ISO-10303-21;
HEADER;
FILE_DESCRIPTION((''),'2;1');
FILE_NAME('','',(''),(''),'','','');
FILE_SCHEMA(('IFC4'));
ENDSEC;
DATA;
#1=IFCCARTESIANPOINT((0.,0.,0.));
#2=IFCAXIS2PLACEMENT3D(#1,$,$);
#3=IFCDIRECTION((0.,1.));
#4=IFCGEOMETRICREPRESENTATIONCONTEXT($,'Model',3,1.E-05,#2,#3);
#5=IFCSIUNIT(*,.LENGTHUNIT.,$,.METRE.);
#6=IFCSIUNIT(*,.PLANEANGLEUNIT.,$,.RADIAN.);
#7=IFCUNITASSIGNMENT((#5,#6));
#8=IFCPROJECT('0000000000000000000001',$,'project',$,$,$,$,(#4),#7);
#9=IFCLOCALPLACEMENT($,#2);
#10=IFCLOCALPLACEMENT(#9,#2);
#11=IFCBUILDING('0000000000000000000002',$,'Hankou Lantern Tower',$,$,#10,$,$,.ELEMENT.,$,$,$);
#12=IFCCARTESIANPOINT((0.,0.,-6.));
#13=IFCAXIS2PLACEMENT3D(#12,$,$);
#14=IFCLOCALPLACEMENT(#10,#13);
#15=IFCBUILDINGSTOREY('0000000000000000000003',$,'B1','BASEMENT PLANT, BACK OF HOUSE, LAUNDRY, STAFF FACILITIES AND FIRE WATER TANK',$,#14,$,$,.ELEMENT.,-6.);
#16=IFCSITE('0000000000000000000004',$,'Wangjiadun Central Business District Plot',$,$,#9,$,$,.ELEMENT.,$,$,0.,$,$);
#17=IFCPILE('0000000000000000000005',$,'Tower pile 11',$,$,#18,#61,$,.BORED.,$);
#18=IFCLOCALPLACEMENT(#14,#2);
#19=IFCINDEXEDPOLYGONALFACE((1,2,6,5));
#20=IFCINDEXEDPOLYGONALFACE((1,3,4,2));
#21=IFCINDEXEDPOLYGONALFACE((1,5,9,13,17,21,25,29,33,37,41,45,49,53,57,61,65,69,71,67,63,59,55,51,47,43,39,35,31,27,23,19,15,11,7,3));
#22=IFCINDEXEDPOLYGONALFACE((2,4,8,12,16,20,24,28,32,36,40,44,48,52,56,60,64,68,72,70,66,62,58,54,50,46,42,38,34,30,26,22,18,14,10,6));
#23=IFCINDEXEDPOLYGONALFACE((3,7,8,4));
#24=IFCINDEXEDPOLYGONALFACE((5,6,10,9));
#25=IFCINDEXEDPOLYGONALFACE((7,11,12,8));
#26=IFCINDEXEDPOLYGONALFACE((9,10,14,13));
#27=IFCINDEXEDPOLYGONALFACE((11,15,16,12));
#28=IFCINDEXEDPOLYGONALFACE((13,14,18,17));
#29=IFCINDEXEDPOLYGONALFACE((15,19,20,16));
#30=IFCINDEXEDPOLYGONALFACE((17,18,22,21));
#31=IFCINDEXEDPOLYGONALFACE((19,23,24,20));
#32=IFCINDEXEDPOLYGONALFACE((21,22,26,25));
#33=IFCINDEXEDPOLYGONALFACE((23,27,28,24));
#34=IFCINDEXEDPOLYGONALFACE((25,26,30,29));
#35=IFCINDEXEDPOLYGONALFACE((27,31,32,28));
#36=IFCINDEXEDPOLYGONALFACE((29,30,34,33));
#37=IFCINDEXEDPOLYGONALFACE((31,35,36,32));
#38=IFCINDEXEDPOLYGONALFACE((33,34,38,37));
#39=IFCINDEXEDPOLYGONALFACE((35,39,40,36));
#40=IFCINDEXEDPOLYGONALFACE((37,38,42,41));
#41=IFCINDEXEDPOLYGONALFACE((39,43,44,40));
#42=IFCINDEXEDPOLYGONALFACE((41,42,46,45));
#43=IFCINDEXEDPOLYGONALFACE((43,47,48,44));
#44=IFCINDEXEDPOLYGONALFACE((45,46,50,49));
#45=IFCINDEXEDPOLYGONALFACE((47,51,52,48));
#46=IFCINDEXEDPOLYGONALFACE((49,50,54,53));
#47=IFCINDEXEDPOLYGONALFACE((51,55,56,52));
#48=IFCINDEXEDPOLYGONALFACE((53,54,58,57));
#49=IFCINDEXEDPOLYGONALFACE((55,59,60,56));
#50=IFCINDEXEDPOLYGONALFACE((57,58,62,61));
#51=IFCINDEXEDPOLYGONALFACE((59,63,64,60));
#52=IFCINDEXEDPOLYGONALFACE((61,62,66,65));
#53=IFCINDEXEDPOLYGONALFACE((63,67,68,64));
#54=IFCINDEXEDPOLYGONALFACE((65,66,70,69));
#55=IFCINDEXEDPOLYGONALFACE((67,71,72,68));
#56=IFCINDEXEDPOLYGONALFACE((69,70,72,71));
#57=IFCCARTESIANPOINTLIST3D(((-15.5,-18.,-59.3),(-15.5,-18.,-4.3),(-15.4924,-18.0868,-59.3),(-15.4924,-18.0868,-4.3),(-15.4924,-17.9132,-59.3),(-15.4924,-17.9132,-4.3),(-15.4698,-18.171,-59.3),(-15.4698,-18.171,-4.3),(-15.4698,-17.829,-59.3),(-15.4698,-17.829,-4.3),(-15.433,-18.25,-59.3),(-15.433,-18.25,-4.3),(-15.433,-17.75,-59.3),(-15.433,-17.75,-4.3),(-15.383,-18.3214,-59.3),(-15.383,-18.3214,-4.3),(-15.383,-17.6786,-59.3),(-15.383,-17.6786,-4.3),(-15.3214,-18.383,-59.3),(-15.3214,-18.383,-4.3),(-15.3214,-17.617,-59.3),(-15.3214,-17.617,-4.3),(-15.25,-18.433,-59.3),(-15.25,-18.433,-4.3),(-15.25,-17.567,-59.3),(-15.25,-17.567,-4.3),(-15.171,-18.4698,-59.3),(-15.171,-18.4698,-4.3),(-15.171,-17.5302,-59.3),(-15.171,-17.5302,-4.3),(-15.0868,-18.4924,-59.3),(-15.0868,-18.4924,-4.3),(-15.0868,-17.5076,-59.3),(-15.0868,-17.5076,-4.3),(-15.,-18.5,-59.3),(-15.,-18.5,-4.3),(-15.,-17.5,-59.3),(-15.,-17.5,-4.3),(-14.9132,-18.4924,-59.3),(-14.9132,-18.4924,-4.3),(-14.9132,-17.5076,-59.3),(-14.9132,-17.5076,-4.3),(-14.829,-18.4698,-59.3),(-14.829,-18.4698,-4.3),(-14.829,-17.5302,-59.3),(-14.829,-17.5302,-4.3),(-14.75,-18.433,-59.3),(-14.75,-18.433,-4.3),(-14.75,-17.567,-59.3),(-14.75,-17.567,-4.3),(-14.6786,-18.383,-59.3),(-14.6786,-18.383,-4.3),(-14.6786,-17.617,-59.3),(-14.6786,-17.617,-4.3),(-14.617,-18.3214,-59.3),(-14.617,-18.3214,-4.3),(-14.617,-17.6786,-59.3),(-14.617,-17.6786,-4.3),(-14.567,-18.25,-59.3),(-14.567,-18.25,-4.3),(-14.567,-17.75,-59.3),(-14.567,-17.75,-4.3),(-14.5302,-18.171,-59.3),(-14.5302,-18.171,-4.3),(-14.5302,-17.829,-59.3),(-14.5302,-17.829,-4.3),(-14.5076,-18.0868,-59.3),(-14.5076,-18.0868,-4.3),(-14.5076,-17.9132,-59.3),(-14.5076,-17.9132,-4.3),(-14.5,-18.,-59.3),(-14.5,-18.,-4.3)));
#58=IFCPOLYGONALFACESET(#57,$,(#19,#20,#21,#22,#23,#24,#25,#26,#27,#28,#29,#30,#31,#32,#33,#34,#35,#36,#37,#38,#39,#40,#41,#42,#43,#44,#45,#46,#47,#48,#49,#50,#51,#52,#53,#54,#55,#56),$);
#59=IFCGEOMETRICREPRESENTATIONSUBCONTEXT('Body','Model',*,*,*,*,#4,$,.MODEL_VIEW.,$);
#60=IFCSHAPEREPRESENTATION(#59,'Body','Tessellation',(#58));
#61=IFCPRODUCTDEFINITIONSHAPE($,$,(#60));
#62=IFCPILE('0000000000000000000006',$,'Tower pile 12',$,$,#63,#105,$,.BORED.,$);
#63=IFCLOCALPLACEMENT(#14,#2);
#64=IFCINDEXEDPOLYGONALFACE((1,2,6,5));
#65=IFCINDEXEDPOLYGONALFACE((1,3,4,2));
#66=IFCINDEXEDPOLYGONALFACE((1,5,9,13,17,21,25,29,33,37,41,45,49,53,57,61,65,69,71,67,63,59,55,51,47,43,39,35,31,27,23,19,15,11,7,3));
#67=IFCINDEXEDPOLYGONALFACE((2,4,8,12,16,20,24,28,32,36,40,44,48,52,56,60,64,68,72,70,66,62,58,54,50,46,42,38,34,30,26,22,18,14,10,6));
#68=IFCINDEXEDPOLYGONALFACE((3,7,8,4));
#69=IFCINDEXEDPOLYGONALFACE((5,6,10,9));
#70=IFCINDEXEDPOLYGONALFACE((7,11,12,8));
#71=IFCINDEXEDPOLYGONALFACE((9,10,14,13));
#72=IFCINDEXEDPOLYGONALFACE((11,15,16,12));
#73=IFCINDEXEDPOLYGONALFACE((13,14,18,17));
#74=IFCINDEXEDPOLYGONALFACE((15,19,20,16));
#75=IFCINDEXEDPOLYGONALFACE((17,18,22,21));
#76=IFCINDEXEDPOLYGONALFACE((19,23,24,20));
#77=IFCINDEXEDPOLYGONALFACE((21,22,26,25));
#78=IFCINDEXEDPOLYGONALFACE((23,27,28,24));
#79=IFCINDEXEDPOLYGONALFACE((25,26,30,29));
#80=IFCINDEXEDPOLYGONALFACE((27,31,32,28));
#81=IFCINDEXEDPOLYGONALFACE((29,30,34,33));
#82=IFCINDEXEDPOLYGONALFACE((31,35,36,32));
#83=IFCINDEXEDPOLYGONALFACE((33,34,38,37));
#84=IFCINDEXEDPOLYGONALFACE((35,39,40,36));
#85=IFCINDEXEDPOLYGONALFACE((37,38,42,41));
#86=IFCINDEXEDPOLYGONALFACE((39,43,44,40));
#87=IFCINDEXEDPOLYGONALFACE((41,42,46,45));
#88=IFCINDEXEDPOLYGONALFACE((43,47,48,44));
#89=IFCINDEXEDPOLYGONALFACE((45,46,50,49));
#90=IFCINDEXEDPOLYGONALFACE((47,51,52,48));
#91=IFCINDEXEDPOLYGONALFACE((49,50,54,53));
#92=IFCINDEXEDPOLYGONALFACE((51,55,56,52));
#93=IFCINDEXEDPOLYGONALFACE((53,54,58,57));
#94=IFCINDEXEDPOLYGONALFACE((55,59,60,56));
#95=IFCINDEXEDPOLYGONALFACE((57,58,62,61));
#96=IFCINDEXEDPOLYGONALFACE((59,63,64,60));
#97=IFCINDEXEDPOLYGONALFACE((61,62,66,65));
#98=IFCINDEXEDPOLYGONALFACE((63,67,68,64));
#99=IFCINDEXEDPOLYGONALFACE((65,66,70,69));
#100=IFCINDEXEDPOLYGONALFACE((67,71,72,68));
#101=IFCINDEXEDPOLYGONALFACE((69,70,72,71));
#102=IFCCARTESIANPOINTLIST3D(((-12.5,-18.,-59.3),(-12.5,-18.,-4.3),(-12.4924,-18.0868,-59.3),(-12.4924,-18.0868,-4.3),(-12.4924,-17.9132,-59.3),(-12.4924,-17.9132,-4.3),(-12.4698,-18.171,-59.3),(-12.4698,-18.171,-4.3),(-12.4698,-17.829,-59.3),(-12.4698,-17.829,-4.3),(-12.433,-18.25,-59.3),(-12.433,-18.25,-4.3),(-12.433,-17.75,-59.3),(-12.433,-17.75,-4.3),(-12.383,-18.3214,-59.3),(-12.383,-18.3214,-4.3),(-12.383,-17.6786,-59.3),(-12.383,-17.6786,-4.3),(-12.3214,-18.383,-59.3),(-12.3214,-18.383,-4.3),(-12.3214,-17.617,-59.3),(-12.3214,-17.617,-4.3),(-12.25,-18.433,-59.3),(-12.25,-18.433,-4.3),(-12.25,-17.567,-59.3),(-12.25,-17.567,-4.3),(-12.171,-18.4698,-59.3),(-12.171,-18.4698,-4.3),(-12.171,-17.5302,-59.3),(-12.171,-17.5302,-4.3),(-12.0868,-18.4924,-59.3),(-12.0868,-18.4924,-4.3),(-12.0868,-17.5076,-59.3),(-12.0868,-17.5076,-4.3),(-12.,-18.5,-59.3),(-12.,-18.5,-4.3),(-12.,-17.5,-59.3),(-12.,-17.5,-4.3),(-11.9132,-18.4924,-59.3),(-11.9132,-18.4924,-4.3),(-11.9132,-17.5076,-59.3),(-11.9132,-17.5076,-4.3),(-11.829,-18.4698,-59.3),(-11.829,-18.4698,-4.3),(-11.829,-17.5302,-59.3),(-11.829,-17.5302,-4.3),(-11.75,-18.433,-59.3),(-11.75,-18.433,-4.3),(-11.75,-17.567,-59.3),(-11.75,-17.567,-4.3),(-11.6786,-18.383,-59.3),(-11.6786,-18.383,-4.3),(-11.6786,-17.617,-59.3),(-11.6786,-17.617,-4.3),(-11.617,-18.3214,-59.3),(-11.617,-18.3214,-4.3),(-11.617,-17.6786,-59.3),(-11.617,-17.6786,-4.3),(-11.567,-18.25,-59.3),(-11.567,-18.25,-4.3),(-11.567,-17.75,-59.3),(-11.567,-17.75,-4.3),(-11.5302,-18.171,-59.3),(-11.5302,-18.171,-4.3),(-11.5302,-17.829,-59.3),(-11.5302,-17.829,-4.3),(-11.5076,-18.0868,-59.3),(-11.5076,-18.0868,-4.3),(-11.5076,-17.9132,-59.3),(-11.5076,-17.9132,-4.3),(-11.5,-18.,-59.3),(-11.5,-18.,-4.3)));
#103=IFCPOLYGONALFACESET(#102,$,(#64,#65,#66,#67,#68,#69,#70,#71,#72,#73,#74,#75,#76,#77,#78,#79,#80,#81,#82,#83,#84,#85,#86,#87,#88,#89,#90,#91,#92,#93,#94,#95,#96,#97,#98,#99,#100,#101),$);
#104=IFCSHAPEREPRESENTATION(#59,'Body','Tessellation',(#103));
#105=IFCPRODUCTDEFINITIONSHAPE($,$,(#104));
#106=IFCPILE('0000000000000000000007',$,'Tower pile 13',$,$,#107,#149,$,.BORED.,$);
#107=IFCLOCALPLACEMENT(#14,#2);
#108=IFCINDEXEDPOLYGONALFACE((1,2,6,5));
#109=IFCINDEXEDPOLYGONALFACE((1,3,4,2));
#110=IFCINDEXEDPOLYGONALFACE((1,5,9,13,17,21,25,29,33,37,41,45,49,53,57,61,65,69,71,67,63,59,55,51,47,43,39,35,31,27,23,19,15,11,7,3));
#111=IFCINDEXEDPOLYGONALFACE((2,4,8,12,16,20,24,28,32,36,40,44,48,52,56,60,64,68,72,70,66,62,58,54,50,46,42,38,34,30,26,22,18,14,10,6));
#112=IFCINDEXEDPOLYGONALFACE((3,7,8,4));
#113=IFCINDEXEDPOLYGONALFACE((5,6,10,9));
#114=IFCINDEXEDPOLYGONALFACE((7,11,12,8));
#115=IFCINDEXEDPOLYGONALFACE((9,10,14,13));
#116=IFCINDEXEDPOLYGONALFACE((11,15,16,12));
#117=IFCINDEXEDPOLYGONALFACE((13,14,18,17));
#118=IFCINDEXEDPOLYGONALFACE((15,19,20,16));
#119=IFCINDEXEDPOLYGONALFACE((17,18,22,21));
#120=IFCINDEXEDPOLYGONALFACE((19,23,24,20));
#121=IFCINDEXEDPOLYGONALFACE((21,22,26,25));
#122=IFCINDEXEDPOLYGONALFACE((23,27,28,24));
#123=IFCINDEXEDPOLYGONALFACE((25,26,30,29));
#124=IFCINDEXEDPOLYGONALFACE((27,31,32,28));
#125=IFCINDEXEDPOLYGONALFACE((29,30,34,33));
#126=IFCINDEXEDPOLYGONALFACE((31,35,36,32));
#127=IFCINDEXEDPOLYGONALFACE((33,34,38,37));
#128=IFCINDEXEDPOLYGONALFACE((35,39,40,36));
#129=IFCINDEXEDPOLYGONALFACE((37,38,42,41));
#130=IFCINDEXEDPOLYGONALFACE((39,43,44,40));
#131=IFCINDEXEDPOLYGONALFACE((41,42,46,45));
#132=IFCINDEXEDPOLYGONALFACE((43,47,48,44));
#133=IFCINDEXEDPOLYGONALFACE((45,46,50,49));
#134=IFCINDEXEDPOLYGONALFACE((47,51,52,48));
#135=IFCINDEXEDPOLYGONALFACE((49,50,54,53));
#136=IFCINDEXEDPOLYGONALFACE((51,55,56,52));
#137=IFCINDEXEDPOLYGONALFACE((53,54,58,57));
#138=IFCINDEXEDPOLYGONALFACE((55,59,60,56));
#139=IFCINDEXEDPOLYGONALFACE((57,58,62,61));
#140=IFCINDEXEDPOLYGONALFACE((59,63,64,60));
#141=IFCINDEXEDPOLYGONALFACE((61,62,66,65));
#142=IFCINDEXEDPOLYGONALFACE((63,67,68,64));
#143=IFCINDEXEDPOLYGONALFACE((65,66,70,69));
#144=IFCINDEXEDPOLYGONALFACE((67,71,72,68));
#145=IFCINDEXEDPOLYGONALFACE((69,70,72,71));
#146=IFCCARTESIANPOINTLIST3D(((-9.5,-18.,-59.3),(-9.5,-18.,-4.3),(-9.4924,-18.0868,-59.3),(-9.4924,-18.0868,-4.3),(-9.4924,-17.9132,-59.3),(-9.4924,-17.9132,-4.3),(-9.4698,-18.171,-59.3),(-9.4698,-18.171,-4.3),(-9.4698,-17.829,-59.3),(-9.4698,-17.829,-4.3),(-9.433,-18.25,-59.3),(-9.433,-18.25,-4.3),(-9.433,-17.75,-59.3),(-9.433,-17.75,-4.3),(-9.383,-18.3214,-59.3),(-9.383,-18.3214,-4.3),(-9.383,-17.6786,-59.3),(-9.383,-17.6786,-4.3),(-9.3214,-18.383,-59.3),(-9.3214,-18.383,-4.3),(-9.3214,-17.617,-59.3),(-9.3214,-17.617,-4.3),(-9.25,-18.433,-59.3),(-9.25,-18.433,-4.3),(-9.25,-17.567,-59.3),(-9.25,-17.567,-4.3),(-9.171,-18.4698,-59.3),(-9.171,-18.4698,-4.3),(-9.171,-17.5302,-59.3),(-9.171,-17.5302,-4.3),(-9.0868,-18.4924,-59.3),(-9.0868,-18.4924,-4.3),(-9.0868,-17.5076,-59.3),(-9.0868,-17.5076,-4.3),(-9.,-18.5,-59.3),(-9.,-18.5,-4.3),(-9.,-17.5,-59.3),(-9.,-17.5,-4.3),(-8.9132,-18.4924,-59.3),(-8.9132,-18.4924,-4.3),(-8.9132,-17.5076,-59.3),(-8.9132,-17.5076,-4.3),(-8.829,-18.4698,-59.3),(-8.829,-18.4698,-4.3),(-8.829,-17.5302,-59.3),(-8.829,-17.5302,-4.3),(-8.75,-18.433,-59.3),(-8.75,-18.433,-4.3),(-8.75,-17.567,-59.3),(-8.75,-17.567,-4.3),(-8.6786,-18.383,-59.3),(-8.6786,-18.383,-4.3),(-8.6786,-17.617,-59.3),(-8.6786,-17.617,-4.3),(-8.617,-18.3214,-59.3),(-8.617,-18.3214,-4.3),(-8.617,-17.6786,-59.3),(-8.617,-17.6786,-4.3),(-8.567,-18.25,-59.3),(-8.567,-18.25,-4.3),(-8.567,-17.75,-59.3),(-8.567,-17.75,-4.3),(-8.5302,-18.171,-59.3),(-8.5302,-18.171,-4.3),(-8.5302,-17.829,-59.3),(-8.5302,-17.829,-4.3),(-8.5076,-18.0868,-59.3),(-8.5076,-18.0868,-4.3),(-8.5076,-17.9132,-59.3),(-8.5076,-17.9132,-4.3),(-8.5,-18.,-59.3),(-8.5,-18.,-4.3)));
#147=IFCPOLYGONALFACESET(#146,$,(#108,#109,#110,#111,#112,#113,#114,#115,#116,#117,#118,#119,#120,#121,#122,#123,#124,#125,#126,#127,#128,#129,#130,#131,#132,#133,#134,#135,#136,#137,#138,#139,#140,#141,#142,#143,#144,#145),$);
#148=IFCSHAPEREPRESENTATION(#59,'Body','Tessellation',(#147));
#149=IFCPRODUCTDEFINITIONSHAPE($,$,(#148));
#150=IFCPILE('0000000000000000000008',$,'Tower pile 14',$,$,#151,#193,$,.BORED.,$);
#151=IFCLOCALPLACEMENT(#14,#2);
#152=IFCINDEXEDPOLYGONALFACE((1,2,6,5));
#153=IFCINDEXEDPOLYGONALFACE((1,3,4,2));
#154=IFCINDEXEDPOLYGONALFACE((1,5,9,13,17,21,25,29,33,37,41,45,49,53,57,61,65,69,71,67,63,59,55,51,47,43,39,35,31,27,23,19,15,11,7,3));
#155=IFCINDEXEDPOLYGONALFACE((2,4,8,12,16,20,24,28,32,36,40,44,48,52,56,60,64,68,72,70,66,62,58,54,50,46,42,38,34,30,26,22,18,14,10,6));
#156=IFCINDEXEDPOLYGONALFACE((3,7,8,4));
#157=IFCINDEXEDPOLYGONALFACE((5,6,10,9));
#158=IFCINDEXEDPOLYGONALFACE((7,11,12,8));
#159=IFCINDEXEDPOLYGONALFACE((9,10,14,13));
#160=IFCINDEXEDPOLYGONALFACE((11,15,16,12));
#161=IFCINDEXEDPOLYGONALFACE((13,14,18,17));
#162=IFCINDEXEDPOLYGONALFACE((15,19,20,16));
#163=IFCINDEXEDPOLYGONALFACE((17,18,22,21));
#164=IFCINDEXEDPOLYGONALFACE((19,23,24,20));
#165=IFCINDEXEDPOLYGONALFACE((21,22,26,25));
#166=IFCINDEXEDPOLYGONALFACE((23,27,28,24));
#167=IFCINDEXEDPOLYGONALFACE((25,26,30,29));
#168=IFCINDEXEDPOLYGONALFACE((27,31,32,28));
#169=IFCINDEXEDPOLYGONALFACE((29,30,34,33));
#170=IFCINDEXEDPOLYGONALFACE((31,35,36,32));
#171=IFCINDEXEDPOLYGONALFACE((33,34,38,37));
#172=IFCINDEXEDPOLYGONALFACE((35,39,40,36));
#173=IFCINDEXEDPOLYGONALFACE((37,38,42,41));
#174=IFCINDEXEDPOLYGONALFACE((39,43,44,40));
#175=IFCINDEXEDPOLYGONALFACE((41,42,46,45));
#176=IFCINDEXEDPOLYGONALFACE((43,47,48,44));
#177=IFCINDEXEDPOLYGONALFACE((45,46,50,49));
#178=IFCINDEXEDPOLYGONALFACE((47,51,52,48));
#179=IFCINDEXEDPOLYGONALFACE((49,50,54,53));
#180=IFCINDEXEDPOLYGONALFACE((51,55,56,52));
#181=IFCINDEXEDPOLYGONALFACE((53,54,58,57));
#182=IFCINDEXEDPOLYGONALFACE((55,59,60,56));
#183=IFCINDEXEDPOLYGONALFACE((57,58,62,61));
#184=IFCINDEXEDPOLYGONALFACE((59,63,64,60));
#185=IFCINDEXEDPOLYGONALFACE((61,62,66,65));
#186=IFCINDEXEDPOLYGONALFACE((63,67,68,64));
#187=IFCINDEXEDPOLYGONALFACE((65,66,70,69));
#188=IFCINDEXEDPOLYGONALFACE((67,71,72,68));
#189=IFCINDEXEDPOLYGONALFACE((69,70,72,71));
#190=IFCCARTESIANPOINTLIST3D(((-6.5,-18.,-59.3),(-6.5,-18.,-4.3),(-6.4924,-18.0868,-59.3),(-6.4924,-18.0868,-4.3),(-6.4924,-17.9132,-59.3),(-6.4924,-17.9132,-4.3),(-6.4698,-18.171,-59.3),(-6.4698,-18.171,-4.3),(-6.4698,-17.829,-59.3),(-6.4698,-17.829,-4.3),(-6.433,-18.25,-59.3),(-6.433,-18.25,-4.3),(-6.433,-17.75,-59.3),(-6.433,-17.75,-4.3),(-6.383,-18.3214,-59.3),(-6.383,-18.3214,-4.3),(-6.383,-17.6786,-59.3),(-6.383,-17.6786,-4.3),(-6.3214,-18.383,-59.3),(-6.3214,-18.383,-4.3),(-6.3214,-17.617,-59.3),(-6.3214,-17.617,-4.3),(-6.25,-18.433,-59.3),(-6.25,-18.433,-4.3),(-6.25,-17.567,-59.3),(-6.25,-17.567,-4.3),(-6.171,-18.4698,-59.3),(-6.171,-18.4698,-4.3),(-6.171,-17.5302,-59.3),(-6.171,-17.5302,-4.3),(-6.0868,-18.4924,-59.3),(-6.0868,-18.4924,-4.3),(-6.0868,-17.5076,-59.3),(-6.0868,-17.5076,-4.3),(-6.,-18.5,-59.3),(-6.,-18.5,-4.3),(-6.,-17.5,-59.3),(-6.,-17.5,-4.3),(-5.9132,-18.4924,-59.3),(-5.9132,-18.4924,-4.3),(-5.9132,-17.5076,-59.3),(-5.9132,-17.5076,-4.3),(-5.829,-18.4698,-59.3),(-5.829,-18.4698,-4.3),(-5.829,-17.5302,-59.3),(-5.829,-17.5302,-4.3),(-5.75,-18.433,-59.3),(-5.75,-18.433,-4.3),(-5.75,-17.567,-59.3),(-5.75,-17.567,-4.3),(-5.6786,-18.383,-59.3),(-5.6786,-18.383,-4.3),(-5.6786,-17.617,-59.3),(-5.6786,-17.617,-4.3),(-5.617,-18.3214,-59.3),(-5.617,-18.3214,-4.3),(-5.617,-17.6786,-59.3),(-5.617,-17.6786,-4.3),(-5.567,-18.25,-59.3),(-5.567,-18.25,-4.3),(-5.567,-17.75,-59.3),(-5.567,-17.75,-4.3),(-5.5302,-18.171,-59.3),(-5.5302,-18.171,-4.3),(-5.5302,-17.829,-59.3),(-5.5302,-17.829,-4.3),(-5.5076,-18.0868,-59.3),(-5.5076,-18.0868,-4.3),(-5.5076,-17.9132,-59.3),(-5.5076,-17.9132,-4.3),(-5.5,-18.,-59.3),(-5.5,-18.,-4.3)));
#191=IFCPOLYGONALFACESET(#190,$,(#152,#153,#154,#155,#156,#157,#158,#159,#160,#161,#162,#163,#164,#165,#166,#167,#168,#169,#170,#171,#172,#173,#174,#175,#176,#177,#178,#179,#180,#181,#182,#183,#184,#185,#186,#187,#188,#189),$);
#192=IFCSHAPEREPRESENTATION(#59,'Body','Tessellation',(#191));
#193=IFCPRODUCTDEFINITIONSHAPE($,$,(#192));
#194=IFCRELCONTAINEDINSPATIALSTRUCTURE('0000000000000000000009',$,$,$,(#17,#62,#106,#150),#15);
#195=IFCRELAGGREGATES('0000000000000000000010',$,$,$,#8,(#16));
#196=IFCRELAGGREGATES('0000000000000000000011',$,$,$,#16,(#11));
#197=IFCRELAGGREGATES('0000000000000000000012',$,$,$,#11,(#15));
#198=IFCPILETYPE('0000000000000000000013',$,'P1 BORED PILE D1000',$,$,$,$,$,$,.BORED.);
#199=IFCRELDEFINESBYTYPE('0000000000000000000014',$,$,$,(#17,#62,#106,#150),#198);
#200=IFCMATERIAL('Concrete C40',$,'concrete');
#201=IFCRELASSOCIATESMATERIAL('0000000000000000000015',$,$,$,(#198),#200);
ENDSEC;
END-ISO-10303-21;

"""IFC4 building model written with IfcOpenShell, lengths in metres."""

from ifc_helpers import new_model, si_unit, direction, frame, origin, origin_2d, place, context, subcontext, project, spatial, circle, extrude, material, material_profile, profile_set, type_object, element, save


model = new_model("IFC4")

# Units and contexts
model_context = context("Model", 3, precision=1e-05, world=origin(), true_north=direction((0.0, 1.0)))
body_context = subcontext(model_context, "Body", "Model", "MODEL_VIEW")
ifc_project = project(units=[si_unit("LENGTHUNIT", "METRE"), si_unit("PLANEANGLEUNIT", "RADIAN")], contexts=[model_context])

# Site, building, storey
site_placement = place(None, origin())
site = spatial("IfcSite", under=ifc_project, at=site_placement, Name="Wangjiadun Central Business District Plot", CompositionType="ELEMENT", RefElevation=0.0)
building_placement = place(site_placement, origin())
building = spatial("IfcBuilding", under=site, at=building_placement, Name="Hankou Lantern Tower", CompositionType="ELEMENT")
storey_placement = place(building_placement, frame((0.0, 0.0, -6.0)))
storey = spatial("IfcBuildingStorey", under=building, at=storey_placement, Name="B1", Description="BASEMENT PLANT, BACK OF HOUSE, LAUNDRY, STAFF FACILITIES AND FIRE WATER TANK", CompositionType="ELEMENT", Elevation=-6.0)

# Piles
ifc_material_1 = material(Name="Concrete C40", Category="concrete")
ifc_material_profile_1 = material_profile(ifc_material_1, circle(Radius=0.5, at=origin_2d()), Name="RC D1000")
ifc_profile_set_1 = profile_set([ifc_material_profile_1], Name="Concrete C40")
pile_type_1 = type_object("IfcPileType", Name="P1 BORED PILE D1000", PredefinedType="BORED", material=ifc_profile_set_1)
for number, where, z_axis, x_axis, name in (
    (1, (-15.0, -18.0, -4.3), (0.0, 0.0, -1.0), (1.0, 0.0, 0.0), "Tower pile 11"),
    (2, (-12.0, -18.0, -4.3), (0.0, 0.0, -1.0), (1.0, 0.0, 0.0), "Tower pile 12"),
    (3, (-9.0, -18.0, -4.3), (0.0, 0.0, -1.0), (1.0, 0.0, 0.0), "Tower pile 13"),
    (4, (-6.0, -18.0, -4.3), (0.0, 0.0, -1.0), (1.0, 0.0, 0.0), "Tower pile 14"),
):
    element("IfcPile", number, at=place(storey_placement, frame(where, z_axis=z_axis, x_axis=x_axis)), inside=storey, type_object=pile_type_1, Name=name, PredefinedType="BORED", context=body_context, shape_type="SweptSolid", body=[
        extrude(circle(Radius=0.5, at=origin_2d()), origin(), (0.0, 0.0, 1.0), 55.0),
    ])

save(model, "model.ifc")
